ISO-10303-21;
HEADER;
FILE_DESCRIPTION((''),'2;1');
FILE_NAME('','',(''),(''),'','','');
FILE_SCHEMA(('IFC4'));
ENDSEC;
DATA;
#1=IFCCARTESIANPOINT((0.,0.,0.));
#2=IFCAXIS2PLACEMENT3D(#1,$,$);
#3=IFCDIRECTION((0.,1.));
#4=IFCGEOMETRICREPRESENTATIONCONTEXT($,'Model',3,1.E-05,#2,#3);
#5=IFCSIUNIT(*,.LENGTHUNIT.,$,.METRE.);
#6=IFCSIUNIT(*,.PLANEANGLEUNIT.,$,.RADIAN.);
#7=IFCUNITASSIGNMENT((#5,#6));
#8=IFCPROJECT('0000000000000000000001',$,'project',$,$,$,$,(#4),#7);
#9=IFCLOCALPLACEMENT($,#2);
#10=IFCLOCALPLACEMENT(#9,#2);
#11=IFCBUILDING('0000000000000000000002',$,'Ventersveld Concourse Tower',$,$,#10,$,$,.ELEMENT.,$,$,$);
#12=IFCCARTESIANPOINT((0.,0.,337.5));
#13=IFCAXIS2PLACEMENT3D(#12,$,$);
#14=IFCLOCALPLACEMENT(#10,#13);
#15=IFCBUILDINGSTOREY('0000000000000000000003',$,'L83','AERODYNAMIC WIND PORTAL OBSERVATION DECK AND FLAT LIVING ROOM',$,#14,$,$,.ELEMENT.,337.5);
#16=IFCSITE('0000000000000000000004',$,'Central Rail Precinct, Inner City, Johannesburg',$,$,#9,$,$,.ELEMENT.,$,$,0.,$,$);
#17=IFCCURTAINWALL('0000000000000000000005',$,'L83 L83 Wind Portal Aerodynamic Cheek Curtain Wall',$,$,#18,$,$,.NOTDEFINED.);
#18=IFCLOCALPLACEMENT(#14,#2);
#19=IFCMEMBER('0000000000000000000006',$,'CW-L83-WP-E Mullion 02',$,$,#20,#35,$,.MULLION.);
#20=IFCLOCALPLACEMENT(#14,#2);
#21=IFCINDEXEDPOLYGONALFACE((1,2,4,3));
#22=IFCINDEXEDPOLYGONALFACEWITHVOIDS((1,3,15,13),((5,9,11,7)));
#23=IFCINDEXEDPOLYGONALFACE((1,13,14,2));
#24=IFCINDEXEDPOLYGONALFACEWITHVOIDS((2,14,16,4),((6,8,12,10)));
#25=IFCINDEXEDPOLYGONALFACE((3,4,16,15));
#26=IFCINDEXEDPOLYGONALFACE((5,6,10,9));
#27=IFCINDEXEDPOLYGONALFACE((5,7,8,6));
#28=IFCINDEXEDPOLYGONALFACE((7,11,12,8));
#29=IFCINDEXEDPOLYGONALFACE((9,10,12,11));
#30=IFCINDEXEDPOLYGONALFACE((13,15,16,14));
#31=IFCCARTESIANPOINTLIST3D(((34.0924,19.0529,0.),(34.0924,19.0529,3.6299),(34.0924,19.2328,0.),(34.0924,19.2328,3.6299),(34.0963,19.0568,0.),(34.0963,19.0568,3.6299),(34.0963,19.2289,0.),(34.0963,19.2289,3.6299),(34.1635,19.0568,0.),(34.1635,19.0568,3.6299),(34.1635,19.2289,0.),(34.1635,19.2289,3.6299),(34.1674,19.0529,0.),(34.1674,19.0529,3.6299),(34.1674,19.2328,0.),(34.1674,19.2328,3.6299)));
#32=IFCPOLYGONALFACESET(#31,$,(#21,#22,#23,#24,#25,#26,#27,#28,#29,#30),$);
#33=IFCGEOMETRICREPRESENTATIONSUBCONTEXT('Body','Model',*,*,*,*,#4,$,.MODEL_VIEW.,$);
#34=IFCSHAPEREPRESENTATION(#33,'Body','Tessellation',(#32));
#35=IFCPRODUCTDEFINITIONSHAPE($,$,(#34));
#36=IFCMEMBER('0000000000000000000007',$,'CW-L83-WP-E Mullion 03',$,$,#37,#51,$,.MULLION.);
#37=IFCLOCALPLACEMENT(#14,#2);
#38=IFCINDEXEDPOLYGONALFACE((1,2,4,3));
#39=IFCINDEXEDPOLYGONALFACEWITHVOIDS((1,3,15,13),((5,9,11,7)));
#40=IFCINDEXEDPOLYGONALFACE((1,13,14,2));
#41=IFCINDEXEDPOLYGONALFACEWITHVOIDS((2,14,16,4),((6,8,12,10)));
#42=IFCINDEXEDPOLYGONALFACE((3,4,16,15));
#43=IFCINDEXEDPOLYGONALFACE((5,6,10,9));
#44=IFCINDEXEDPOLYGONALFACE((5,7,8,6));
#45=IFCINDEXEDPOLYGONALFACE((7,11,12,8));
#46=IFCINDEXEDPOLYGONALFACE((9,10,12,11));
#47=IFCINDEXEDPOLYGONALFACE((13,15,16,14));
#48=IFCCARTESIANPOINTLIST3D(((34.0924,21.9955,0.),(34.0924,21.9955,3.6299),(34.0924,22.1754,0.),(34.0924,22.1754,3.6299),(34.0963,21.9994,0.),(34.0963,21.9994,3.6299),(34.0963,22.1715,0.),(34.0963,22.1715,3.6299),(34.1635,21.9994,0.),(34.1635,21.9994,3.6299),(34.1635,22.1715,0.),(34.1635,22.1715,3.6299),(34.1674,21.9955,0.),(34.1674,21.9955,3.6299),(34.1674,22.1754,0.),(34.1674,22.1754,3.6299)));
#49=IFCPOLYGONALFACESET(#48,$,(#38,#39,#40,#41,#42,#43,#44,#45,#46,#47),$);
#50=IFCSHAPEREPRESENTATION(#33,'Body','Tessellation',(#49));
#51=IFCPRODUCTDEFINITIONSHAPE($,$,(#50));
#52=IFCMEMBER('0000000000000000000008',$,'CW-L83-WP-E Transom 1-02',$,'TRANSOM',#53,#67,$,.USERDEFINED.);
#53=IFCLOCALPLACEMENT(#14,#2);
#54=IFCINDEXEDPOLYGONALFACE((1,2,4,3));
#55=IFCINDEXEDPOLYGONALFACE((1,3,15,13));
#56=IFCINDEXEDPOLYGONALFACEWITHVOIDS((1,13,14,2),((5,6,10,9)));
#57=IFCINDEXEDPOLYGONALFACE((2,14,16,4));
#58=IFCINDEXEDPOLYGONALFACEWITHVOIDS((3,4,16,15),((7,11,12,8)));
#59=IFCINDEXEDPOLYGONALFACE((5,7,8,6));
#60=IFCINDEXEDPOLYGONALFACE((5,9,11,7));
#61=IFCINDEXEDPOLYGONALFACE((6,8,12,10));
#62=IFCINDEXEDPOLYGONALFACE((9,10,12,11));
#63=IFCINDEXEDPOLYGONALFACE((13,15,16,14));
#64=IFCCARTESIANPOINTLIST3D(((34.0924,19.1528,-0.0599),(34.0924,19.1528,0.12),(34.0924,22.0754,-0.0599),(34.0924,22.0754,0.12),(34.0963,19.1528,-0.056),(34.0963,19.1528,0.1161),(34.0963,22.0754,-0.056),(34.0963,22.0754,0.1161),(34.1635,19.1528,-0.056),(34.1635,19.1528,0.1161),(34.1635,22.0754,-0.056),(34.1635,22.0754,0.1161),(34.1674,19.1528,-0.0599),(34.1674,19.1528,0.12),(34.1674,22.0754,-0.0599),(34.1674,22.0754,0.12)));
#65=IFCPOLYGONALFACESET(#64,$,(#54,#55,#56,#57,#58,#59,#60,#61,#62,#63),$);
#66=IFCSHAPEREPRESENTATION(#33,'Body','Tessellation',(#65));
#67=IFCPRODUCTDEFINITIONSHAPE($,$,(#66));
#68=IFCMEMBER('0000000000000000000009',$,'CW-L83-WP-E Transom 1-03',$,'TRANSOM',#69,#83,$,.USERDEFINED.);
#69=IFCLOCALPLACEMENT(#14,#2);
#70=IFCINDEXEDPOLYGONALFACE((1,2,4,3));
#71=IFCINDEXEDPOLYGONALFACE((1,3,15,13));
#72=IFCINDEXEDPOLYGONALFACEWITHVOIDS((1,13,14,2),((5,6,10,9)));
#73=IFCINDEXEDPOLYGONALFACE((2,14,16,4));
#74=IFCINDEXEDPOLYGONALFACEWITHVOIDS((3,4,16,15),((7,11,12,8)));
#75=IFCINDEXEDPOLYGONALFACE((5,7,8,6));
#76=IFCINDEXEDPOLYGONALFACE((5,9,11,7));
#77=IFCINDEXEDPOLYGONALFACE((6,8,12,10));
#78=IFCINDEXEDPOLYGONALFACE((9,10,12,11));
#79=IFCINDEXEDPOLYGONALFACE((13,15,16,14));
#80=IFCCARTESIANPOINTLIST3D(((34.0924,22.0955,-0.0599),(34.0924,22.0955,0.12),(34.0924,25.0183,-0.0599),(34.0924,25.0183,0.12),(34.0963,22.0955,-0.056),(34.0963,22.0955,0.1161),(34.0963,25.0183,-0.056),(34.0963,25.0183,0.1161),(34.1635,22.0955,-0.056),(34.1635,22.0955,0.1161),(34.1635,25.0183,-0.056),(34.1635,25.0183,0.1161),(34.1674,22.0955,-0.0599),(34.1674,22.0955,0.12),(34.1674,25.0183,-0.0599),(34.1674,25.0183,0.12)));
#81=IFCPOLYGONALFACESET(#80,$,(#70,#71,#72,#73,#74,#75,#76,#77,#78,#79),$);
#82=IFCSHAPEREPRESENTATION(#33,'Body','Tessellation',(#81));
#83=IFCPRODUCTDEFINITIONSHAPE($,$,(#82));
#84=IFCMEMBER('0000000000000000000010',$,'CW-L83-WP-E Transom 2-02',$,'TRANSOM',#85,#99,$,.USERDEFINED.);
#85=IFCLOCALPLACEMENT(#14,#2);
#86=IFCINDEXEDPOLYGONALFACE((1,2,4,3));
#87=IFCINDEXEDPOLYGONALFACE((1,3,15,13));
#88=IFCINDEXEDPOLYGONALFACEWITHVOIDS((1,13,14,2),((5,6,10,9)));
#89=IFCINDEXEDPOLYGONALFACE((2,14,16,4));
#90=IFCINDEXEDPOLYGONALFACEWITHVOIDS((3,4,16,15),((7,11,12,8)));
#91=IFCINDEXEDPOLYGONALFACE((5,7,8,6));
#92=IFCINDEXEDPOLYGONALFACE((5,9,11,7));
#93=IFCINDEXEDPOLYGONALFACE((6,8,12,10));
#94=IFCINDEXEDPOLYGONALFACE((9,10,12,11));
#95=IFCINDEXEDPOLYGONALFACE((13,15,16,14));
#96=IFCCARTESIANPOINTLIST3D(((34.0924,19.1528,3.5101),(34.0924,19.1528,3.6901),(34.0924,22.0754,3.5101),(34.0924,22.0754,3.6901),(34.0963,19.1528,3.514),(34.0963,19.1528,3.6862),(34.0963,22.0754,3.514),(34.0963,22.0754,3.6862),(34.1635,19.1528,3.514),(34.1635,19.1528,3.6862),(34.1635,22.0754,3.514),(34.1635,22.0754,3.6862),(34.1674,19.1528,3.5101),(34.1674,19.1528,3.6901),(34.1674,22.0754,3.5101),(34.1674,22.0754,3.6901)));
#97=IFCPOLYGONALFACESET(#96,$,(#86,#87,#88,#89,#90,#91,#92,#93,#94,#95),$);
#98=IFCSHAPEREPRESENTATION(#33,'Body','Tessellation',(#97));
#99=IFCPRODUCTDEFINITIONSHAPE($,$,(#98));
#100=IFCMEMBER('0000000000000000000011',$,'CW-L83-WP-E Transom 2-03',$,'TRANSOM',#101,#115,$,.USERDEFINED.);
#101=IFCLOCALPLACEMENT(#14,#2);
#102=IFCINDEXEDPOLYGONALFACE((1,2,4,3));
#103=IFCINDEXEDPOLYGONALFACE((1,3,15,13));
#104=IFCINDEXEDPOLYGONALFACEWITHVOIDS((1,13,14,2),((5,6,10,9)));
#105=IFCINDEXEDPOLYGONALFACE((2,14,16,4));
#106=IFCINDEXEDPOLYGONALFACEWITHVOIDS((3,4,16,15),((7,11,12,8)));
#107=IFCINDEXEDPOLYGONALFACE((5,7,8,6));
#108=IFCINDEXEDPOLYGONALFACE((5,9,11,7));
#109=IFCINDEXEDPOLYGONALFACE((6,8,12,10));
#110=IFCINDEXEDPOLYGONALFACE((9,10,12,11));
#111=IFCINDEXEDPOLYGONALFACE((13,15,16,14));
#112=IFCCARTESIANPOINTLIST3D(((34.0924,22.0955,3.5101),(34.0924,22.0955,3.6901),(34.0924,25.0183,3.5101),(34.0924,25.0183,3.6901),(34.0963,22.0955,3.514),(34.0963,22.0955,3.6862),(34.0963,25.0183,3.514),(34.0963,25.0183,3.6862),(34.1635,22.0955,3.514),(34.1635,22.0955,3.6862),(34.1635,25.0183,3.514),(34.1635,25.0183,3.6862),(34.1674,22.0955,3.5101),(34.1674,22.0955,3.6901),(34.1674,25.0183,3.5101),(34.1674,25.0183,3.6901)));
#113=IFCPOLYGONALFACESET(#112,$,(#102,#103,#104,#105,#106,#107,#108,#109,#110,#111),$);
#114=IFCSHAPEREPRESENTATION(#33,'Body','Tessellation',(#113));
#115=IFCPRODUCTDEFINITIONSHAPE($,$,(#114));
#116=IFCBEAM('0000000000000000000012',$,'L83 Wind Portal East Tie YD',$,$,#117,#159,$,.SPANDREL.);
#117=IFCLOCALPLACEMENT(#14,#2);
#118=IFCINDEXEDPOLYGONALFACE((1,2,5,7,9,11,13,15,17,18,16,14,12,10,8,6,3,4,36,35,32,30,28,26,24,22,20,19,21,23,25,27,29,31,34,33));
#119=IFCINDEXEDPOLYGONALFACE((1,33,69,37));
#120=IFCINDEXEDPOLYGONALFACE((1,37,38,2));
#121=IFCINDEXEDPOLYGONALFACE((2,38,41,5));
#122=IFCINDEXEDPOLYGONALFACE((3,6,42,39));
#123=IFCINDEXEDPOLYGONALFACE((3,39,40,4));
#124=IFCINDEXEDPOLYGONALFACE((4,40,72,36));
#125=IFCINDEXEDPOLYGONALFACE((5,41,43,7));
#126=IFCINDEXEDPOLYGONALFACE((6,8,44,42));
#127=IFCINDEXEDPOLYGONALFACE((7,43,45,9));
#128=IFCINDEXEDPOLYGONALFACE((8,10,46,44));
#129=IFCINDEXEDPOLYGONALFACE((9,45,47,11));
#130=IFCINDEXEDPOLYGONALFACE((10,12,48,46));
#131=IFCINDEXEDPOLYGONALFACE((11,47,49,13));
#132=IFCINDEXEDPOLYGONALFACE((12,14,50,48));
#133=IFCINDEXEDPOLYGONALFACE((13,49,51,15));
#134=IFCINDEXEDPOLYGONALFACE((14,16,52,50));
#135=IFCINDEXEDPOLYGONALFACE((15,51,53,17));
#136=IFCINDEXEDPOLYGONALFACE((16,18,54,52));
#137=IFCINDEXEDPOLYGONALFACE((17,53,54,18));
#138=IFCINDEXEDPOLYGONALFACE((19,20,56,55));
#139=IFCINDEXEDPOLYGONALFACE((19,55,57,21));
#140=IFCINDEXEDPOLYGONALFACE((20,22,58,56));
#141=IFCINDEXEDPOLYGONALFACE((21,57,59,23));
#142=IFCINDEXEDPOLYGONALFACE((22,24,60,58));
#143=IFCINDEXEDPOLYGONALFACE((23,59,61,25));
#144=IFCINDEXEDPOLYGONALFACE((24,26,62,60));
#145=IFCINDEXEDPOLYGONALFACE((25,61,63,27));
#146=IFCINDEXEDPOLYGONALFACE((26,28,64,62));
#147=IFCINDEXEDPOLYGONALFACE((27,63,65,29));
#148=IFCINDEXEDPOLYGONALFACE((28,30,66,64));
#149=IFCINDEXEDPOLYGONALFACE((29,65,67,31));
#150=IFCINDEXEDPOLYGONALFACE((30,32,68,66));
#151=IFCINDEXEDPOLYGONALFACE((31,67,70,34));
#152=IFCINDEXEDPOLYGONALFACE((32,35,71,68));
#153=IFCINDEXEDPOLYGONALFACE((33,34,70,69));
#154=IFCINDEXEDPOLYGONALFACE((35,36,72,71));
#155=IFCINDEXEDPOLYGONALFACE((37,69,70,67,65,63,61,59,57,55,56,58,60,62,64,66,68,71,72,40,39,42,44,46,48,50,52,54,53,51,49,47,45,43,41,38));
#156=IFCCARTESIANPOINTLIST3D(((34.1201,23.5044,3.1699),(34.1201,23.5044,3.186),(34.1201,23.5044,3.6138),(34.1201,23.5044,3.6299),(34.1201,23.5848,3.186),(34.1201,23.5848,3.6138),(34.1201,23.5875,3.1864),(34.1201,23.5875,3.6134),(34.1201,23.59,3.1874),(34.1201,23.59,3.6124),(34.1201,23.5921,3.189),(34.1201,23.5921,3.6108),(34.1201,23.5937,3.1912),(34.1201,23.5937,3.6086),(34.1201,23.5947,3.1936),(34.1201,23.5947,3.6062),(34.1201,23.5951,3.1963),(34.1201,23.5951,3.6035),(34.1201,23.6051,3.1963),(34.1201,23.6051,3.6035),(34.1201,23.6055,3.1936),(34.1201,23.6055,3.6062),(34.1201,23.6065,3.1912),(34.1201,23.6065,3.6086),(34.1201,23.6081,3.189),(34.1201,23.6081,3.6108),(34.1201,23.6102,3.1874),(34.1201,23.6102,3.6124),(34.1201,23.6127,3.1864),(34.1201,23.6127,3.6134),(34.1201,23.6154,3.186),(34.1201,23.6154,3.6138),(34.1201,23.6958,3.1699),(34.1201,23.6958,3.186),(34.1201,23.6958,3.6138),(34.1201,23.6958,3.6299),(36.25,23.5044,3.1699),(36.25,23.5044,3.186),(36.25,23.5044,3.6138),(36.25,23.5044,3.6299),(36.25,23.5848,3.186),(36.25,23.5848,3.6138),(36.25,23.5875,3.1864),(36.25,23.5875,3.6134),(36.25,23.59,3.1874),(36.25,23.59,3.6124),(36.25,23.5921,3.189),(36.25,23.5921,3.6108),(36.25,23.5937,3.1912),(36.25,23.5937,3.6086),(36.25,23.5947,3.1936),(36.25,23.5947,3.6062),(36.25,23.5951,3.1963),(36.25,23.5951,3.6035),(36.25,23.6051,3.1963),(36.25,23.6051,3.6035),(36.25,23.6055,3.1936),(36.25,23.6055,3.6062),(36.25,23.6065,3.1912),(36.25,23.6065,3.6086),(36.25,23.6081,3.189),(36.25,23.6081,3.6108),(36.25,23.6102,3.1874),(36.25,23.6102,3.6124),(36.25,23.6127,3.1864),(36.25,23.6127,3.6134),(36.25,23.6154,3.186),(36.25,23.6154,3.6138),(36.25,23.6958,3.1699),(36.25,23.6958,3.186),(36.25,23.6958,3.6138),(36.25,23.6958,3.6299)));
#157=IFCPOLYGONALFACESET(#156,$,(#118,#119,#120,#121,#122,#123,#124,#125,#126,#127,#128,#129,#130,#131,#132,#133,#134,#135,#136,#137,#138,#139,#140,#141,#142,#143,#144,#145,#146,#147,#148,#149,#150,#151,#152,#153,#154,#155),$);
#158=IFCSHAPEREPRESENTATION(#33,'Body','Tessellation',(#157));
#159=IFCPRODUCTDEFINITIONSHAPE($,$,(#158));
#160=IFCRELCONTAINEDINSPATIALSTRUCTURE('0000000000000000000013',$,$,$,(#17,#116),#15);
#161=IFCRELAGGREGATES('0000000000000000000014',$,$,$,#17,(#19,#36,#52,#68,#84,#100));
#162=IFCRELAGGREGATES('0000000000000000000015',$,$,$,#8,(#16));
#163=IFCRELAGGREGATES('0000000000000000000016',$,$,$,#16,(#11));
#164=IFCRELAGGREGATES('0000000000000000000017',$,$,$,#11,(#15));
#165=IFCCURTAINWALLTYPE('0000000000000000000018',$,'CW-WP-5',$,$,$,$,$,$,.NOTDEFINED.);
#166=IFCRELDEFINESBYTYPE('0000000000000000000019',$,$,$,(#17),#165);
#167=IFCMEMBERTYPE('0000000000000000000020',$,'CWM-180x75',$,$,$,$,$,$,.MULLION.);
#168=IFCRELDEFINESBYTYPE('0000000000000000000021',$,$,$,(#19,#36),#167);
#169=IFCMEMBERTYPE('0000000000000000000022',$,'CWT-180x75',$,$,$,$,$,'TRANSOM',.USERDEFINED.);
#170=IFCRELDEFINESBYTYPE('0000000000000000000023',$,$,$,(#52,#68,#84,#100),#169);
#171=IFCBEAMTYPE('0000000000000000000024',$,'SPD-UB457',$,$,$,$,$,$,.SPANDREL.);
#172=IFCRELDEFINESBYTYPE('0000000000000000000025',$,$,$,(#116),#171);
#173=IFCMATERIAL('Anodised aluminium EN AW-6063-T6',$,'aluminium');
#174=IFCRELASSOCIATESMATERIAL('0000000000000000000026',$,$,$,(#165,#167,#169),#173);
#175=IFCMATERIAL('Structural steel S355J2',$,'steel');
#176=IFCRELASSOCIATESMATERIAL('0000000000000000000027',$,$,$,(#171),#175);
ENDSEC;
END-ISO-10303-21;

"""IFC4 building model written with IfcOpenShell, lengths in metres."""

from ifc_helpers import new_model, si_unit, direction, frame, origin, origin_2d, place, context, subcontext, project, spatial, hollow_rectangle, i_section, extrude, material, material_profile, profile_set, type_object, element, aggregate, save


model = new_model("IFC4")

# Units and contexts
model_context = context("Model", 3, precision=1e-05, world=origin(), true_north=direction((0.0, 1.0)))
body_context = subcontext(model_context, "Body", "Model", "MODEL_VIEW")
ifc_project = project(units=[si_unit("LENGTHUNIT", "METRE"), si_unit("PLANEANGLEUNIT", "RADIAN")], contexts=[model_context])

# Site, building, storey
site_placement = place(None, origin())
site = spatial("IfcSite", under=ifc_project, at=site_placement, Name="Central Rail Precinct, Inner City, Johannesburg", CompositionType="ELEMENT", RefElevation=0.0)
building_placement = place(site_placement, origin())
building = spatial("IfcBuilding", under=site, at=building_placement, Name="Ventersveld Concourse Tower", CompositionType="ELEMENT")
storey_placement = place(building_placement, frame((0.0, 0.0, 337.5)))
storey = spatial("IfcBuildingStorey", under=building, at=storey_placement, Name="L83", Description="AERODYNAMIC WIND PORTAL OBSERVATION DECK AND FLAT LIVING ROOM", CompositionType="ELEMENT", Elevation=337.5)

# Curtain wall, members
ifc_material_1 = material(Name="Anodised aluminium EN AW-6063-T6", Category="aluminium")
curtain_wall_type = type_object("IfcCurtainWallType", Name="CW-WP-5", PredefinedType="NOTDEFINED", material=ifc_material_1)
curtain_wall_placement = place(storey_placement, origin())
curtain_wall = element("IfcCurtainWall", 1, at=curtain_wall_placement, inside=storey, type_object=curtain_wall_type, Name="L83 L83 Wind Portal Aerodynamic Cheek Curtain Wall", PredefinedType="NOTDEFINED")
ifc_material_profile_1 = material_profile(ifc_material_1, hollow_rectangle(XDim=0.075, YDim=0.1799, WallThickness=0.0039, at=origin_2d()), Name="ALU 180x75x4")
ifc_profile_set_1 = profile_set([ifc_material_profile_1], Name="Anodised aluminium EN AW-6063-T6")
member_type_1 = type_object("IfcMemberType", Name="CWM-180x75", PredefinedType="MULLION", material=ifc_profile_set_1)
member_1_placement = place(storey_placement, frame((34.1299, 19.1428, 0.0), z_axis=(0.0, 0.0, 1.0), x_axis=(1.0, 0.0, 0.0)))
member_1 = element("IfcMember", 2, at=member_1_placement, type_object=member_type_1, Name="CW-L83-WP-E Mullion 02", PredefinedType="MULLION", context=body_context, shape_type="SweptSolid", body=[
    extrude(hollow_rectangle(XDim=0.075, YDim=0.1799, WallThickness=0.0039, at=origin_2d()), origin(), (0.0, 0.0, 1.0), 3.6299),
])
member_2_placement = place(storey_placement, frame((34.1299, 22.0854, 0.0), z_axis=(0.0, 0.0, 1.0), x_axis=(1.0, 0.0, 0.0)))
member_2 = element("IfcMember", 3, at=member_2_placement, type_object=member_type_1, Name="CW-L83-WP-E Mullion 03", PredefinedType="MULLION", context=body_context, shape_type="SweptSolid", body=[
    extrude(hollow_rectangle(XDim=0.075, YDim=0.1799, WallThickness=0.0039, at=origin_2d()), origin(), (0.0, 0.0, 1.0), 3.6299),
])
ifc_material_profile_2 = material_profile(ifc_material_1, hollow_rectangle(XDim=0.075, YDim=0.1799, WallThickness=0.0039, at=origin_2d()), Name="ALU 180x75x4")
ifc_profile_set_2 = profile_set([ifc_material_profile_2], Name="Anodised aluminium EN AW-6063-T6")
member_type_2 = type_object("IfcMemberType", Name="CWT-180x75", ElementType="TRANSOM", PredefinedType="USERDEFINED", material=ifc_profile_set_2)
member_3_placement = place(storey_placement, frame((34.1299, 19.1528, 0.03), z_axis=(0.0, 1.0, 0.0), x_axis=(-1.0, 0.0, 0.0)))
member_3 = element("IfcMember", 4, at=member_3_placement, type_object=member_type_2, Name="CW-L83-WP-E Transom 1-02", ObjectType="TRANSOM", PredefinedType="USERDEFINED", context=body_context, shape_type="SweptSolid", body=[
    extrude(hollow_rectangle(XDim=0.075, YDim=0.1799, WallThickness=0.0039, at=origin_2d()), origin(), (0.0, 0.0, 1.0), 2.9226),
])
member_4_placement = place(storey_placement, frame((34.1299, 22.0955, 0.03), z_axis=(0.0, 1.0, 0.0), x_axis=(-1.0, 0.0, 0.0)))
member_4 = element("IfcMember", 5, at=member_4_placement, type_object=member_type_2, Name="CW-L83-WP-E Transom 1-03", ObjectType="TRANSOM", PredefinedType="USERDEFINED", context=body_context, shape_type="SweptSolid", body=[
    extrude(hollow_rectangle(XDim=0.075, YDim=0.1799, WallThickness=0.0039, at=origin_2d()), origin(), (0.0, 0.0, 1.0), 2.9229),
])
member_5_placement = place(storey_placement, frame((34.1299, 19.1528, 3.6001), z_axis=(0.0, 1.0, 0.0), x_axis=(-1.0, 0.0, 0.0)))
member_5 = element("IfcMember", 6, at=member_5_placement, type_object=member_type_2, Name="CW-L83-WP-E Transom 2-02", ObjectType="TRANSOM", PredefinedType="USERDEFINED", context=body_context, shape_type="SweptSolid", body=[
    extrude(hollow_rectangle(XDim=0.075, YDim=0.1799, WallThickness=0.0039, at=origin_2d()), origin(), (0.0, 0.0, 1.0), 2.9226),
])
member_6_placement = place(storey_placement, frame((34.1299, 22.0955, 3.6001), z_axis=(0.0, 1.0, 0.0), x_axis=(-1.0, 0.0, 0.0)))
member_6 = element("IfcMember", 7, at=member_6_placement, type_object=member_type_2, Name="CW-L83-WP-E Transom 2-03", ObjectType="TRANSOM", PredefinedType="USERDEFINED", context=body_context, shape_type="SweptSolid", body=[
    extrude(hollow_rectangle(XDim=0.075, YDim=0.1799, WallThickness=0.0039, at=origin_2d()), origin(), (0.0, 0.0, 1.0), 2.9229),
])

# Beam
ifc_material_2 = material(Name="Structural steel S355J2", Category="steel")
ifc_material_profile_3 = material_profile(ifc_material_2, i_section(OverallWidth=0.1914, OverallDepth=0.46, WebThickness=0.01, FlangeThickness=0.0161, FilletRadius=0.0103, at=origin_2d()), Name="UB 457x191x82")
ifc_profile_set_3 = profile_set([ifc_material_profile_3], Name="Structural steel S355J2")
beam_type = type_object("IfcBeamType", Name="SPD-UB457", PredefinedType="SPANDREL", material=ifc_profile_set_3)
beam_placement = place(storey_placement, frame((34.1201, 23.6001, 3.3999), z_axis=(1.0, 0.0, 0.0), x_axis=(0.0, 1.0, 0.0)))
element("IfcBeam", 8, at=beam_placement, inside=storey, type_object=beam_type, Name="L83 Wind Portal East Tie YD", PredefinedType="SPANDREL", context=body_context, shape_type="SweptSolid", body=[
    extrude(i_section(OverallWidth=0.1914, OverallDepth=0.46, WebThickness=0.01, FlangeThickness=0.0161, FilletRadius=0.0103, at=origin_2d()), origin(), (0.0, 0.0, 1.0), 2.1299),
])

aggregate(curtain_wall, [member_1, member_2, member_3, member_4, member_5, member_6])

save(model, "model.ifc")
